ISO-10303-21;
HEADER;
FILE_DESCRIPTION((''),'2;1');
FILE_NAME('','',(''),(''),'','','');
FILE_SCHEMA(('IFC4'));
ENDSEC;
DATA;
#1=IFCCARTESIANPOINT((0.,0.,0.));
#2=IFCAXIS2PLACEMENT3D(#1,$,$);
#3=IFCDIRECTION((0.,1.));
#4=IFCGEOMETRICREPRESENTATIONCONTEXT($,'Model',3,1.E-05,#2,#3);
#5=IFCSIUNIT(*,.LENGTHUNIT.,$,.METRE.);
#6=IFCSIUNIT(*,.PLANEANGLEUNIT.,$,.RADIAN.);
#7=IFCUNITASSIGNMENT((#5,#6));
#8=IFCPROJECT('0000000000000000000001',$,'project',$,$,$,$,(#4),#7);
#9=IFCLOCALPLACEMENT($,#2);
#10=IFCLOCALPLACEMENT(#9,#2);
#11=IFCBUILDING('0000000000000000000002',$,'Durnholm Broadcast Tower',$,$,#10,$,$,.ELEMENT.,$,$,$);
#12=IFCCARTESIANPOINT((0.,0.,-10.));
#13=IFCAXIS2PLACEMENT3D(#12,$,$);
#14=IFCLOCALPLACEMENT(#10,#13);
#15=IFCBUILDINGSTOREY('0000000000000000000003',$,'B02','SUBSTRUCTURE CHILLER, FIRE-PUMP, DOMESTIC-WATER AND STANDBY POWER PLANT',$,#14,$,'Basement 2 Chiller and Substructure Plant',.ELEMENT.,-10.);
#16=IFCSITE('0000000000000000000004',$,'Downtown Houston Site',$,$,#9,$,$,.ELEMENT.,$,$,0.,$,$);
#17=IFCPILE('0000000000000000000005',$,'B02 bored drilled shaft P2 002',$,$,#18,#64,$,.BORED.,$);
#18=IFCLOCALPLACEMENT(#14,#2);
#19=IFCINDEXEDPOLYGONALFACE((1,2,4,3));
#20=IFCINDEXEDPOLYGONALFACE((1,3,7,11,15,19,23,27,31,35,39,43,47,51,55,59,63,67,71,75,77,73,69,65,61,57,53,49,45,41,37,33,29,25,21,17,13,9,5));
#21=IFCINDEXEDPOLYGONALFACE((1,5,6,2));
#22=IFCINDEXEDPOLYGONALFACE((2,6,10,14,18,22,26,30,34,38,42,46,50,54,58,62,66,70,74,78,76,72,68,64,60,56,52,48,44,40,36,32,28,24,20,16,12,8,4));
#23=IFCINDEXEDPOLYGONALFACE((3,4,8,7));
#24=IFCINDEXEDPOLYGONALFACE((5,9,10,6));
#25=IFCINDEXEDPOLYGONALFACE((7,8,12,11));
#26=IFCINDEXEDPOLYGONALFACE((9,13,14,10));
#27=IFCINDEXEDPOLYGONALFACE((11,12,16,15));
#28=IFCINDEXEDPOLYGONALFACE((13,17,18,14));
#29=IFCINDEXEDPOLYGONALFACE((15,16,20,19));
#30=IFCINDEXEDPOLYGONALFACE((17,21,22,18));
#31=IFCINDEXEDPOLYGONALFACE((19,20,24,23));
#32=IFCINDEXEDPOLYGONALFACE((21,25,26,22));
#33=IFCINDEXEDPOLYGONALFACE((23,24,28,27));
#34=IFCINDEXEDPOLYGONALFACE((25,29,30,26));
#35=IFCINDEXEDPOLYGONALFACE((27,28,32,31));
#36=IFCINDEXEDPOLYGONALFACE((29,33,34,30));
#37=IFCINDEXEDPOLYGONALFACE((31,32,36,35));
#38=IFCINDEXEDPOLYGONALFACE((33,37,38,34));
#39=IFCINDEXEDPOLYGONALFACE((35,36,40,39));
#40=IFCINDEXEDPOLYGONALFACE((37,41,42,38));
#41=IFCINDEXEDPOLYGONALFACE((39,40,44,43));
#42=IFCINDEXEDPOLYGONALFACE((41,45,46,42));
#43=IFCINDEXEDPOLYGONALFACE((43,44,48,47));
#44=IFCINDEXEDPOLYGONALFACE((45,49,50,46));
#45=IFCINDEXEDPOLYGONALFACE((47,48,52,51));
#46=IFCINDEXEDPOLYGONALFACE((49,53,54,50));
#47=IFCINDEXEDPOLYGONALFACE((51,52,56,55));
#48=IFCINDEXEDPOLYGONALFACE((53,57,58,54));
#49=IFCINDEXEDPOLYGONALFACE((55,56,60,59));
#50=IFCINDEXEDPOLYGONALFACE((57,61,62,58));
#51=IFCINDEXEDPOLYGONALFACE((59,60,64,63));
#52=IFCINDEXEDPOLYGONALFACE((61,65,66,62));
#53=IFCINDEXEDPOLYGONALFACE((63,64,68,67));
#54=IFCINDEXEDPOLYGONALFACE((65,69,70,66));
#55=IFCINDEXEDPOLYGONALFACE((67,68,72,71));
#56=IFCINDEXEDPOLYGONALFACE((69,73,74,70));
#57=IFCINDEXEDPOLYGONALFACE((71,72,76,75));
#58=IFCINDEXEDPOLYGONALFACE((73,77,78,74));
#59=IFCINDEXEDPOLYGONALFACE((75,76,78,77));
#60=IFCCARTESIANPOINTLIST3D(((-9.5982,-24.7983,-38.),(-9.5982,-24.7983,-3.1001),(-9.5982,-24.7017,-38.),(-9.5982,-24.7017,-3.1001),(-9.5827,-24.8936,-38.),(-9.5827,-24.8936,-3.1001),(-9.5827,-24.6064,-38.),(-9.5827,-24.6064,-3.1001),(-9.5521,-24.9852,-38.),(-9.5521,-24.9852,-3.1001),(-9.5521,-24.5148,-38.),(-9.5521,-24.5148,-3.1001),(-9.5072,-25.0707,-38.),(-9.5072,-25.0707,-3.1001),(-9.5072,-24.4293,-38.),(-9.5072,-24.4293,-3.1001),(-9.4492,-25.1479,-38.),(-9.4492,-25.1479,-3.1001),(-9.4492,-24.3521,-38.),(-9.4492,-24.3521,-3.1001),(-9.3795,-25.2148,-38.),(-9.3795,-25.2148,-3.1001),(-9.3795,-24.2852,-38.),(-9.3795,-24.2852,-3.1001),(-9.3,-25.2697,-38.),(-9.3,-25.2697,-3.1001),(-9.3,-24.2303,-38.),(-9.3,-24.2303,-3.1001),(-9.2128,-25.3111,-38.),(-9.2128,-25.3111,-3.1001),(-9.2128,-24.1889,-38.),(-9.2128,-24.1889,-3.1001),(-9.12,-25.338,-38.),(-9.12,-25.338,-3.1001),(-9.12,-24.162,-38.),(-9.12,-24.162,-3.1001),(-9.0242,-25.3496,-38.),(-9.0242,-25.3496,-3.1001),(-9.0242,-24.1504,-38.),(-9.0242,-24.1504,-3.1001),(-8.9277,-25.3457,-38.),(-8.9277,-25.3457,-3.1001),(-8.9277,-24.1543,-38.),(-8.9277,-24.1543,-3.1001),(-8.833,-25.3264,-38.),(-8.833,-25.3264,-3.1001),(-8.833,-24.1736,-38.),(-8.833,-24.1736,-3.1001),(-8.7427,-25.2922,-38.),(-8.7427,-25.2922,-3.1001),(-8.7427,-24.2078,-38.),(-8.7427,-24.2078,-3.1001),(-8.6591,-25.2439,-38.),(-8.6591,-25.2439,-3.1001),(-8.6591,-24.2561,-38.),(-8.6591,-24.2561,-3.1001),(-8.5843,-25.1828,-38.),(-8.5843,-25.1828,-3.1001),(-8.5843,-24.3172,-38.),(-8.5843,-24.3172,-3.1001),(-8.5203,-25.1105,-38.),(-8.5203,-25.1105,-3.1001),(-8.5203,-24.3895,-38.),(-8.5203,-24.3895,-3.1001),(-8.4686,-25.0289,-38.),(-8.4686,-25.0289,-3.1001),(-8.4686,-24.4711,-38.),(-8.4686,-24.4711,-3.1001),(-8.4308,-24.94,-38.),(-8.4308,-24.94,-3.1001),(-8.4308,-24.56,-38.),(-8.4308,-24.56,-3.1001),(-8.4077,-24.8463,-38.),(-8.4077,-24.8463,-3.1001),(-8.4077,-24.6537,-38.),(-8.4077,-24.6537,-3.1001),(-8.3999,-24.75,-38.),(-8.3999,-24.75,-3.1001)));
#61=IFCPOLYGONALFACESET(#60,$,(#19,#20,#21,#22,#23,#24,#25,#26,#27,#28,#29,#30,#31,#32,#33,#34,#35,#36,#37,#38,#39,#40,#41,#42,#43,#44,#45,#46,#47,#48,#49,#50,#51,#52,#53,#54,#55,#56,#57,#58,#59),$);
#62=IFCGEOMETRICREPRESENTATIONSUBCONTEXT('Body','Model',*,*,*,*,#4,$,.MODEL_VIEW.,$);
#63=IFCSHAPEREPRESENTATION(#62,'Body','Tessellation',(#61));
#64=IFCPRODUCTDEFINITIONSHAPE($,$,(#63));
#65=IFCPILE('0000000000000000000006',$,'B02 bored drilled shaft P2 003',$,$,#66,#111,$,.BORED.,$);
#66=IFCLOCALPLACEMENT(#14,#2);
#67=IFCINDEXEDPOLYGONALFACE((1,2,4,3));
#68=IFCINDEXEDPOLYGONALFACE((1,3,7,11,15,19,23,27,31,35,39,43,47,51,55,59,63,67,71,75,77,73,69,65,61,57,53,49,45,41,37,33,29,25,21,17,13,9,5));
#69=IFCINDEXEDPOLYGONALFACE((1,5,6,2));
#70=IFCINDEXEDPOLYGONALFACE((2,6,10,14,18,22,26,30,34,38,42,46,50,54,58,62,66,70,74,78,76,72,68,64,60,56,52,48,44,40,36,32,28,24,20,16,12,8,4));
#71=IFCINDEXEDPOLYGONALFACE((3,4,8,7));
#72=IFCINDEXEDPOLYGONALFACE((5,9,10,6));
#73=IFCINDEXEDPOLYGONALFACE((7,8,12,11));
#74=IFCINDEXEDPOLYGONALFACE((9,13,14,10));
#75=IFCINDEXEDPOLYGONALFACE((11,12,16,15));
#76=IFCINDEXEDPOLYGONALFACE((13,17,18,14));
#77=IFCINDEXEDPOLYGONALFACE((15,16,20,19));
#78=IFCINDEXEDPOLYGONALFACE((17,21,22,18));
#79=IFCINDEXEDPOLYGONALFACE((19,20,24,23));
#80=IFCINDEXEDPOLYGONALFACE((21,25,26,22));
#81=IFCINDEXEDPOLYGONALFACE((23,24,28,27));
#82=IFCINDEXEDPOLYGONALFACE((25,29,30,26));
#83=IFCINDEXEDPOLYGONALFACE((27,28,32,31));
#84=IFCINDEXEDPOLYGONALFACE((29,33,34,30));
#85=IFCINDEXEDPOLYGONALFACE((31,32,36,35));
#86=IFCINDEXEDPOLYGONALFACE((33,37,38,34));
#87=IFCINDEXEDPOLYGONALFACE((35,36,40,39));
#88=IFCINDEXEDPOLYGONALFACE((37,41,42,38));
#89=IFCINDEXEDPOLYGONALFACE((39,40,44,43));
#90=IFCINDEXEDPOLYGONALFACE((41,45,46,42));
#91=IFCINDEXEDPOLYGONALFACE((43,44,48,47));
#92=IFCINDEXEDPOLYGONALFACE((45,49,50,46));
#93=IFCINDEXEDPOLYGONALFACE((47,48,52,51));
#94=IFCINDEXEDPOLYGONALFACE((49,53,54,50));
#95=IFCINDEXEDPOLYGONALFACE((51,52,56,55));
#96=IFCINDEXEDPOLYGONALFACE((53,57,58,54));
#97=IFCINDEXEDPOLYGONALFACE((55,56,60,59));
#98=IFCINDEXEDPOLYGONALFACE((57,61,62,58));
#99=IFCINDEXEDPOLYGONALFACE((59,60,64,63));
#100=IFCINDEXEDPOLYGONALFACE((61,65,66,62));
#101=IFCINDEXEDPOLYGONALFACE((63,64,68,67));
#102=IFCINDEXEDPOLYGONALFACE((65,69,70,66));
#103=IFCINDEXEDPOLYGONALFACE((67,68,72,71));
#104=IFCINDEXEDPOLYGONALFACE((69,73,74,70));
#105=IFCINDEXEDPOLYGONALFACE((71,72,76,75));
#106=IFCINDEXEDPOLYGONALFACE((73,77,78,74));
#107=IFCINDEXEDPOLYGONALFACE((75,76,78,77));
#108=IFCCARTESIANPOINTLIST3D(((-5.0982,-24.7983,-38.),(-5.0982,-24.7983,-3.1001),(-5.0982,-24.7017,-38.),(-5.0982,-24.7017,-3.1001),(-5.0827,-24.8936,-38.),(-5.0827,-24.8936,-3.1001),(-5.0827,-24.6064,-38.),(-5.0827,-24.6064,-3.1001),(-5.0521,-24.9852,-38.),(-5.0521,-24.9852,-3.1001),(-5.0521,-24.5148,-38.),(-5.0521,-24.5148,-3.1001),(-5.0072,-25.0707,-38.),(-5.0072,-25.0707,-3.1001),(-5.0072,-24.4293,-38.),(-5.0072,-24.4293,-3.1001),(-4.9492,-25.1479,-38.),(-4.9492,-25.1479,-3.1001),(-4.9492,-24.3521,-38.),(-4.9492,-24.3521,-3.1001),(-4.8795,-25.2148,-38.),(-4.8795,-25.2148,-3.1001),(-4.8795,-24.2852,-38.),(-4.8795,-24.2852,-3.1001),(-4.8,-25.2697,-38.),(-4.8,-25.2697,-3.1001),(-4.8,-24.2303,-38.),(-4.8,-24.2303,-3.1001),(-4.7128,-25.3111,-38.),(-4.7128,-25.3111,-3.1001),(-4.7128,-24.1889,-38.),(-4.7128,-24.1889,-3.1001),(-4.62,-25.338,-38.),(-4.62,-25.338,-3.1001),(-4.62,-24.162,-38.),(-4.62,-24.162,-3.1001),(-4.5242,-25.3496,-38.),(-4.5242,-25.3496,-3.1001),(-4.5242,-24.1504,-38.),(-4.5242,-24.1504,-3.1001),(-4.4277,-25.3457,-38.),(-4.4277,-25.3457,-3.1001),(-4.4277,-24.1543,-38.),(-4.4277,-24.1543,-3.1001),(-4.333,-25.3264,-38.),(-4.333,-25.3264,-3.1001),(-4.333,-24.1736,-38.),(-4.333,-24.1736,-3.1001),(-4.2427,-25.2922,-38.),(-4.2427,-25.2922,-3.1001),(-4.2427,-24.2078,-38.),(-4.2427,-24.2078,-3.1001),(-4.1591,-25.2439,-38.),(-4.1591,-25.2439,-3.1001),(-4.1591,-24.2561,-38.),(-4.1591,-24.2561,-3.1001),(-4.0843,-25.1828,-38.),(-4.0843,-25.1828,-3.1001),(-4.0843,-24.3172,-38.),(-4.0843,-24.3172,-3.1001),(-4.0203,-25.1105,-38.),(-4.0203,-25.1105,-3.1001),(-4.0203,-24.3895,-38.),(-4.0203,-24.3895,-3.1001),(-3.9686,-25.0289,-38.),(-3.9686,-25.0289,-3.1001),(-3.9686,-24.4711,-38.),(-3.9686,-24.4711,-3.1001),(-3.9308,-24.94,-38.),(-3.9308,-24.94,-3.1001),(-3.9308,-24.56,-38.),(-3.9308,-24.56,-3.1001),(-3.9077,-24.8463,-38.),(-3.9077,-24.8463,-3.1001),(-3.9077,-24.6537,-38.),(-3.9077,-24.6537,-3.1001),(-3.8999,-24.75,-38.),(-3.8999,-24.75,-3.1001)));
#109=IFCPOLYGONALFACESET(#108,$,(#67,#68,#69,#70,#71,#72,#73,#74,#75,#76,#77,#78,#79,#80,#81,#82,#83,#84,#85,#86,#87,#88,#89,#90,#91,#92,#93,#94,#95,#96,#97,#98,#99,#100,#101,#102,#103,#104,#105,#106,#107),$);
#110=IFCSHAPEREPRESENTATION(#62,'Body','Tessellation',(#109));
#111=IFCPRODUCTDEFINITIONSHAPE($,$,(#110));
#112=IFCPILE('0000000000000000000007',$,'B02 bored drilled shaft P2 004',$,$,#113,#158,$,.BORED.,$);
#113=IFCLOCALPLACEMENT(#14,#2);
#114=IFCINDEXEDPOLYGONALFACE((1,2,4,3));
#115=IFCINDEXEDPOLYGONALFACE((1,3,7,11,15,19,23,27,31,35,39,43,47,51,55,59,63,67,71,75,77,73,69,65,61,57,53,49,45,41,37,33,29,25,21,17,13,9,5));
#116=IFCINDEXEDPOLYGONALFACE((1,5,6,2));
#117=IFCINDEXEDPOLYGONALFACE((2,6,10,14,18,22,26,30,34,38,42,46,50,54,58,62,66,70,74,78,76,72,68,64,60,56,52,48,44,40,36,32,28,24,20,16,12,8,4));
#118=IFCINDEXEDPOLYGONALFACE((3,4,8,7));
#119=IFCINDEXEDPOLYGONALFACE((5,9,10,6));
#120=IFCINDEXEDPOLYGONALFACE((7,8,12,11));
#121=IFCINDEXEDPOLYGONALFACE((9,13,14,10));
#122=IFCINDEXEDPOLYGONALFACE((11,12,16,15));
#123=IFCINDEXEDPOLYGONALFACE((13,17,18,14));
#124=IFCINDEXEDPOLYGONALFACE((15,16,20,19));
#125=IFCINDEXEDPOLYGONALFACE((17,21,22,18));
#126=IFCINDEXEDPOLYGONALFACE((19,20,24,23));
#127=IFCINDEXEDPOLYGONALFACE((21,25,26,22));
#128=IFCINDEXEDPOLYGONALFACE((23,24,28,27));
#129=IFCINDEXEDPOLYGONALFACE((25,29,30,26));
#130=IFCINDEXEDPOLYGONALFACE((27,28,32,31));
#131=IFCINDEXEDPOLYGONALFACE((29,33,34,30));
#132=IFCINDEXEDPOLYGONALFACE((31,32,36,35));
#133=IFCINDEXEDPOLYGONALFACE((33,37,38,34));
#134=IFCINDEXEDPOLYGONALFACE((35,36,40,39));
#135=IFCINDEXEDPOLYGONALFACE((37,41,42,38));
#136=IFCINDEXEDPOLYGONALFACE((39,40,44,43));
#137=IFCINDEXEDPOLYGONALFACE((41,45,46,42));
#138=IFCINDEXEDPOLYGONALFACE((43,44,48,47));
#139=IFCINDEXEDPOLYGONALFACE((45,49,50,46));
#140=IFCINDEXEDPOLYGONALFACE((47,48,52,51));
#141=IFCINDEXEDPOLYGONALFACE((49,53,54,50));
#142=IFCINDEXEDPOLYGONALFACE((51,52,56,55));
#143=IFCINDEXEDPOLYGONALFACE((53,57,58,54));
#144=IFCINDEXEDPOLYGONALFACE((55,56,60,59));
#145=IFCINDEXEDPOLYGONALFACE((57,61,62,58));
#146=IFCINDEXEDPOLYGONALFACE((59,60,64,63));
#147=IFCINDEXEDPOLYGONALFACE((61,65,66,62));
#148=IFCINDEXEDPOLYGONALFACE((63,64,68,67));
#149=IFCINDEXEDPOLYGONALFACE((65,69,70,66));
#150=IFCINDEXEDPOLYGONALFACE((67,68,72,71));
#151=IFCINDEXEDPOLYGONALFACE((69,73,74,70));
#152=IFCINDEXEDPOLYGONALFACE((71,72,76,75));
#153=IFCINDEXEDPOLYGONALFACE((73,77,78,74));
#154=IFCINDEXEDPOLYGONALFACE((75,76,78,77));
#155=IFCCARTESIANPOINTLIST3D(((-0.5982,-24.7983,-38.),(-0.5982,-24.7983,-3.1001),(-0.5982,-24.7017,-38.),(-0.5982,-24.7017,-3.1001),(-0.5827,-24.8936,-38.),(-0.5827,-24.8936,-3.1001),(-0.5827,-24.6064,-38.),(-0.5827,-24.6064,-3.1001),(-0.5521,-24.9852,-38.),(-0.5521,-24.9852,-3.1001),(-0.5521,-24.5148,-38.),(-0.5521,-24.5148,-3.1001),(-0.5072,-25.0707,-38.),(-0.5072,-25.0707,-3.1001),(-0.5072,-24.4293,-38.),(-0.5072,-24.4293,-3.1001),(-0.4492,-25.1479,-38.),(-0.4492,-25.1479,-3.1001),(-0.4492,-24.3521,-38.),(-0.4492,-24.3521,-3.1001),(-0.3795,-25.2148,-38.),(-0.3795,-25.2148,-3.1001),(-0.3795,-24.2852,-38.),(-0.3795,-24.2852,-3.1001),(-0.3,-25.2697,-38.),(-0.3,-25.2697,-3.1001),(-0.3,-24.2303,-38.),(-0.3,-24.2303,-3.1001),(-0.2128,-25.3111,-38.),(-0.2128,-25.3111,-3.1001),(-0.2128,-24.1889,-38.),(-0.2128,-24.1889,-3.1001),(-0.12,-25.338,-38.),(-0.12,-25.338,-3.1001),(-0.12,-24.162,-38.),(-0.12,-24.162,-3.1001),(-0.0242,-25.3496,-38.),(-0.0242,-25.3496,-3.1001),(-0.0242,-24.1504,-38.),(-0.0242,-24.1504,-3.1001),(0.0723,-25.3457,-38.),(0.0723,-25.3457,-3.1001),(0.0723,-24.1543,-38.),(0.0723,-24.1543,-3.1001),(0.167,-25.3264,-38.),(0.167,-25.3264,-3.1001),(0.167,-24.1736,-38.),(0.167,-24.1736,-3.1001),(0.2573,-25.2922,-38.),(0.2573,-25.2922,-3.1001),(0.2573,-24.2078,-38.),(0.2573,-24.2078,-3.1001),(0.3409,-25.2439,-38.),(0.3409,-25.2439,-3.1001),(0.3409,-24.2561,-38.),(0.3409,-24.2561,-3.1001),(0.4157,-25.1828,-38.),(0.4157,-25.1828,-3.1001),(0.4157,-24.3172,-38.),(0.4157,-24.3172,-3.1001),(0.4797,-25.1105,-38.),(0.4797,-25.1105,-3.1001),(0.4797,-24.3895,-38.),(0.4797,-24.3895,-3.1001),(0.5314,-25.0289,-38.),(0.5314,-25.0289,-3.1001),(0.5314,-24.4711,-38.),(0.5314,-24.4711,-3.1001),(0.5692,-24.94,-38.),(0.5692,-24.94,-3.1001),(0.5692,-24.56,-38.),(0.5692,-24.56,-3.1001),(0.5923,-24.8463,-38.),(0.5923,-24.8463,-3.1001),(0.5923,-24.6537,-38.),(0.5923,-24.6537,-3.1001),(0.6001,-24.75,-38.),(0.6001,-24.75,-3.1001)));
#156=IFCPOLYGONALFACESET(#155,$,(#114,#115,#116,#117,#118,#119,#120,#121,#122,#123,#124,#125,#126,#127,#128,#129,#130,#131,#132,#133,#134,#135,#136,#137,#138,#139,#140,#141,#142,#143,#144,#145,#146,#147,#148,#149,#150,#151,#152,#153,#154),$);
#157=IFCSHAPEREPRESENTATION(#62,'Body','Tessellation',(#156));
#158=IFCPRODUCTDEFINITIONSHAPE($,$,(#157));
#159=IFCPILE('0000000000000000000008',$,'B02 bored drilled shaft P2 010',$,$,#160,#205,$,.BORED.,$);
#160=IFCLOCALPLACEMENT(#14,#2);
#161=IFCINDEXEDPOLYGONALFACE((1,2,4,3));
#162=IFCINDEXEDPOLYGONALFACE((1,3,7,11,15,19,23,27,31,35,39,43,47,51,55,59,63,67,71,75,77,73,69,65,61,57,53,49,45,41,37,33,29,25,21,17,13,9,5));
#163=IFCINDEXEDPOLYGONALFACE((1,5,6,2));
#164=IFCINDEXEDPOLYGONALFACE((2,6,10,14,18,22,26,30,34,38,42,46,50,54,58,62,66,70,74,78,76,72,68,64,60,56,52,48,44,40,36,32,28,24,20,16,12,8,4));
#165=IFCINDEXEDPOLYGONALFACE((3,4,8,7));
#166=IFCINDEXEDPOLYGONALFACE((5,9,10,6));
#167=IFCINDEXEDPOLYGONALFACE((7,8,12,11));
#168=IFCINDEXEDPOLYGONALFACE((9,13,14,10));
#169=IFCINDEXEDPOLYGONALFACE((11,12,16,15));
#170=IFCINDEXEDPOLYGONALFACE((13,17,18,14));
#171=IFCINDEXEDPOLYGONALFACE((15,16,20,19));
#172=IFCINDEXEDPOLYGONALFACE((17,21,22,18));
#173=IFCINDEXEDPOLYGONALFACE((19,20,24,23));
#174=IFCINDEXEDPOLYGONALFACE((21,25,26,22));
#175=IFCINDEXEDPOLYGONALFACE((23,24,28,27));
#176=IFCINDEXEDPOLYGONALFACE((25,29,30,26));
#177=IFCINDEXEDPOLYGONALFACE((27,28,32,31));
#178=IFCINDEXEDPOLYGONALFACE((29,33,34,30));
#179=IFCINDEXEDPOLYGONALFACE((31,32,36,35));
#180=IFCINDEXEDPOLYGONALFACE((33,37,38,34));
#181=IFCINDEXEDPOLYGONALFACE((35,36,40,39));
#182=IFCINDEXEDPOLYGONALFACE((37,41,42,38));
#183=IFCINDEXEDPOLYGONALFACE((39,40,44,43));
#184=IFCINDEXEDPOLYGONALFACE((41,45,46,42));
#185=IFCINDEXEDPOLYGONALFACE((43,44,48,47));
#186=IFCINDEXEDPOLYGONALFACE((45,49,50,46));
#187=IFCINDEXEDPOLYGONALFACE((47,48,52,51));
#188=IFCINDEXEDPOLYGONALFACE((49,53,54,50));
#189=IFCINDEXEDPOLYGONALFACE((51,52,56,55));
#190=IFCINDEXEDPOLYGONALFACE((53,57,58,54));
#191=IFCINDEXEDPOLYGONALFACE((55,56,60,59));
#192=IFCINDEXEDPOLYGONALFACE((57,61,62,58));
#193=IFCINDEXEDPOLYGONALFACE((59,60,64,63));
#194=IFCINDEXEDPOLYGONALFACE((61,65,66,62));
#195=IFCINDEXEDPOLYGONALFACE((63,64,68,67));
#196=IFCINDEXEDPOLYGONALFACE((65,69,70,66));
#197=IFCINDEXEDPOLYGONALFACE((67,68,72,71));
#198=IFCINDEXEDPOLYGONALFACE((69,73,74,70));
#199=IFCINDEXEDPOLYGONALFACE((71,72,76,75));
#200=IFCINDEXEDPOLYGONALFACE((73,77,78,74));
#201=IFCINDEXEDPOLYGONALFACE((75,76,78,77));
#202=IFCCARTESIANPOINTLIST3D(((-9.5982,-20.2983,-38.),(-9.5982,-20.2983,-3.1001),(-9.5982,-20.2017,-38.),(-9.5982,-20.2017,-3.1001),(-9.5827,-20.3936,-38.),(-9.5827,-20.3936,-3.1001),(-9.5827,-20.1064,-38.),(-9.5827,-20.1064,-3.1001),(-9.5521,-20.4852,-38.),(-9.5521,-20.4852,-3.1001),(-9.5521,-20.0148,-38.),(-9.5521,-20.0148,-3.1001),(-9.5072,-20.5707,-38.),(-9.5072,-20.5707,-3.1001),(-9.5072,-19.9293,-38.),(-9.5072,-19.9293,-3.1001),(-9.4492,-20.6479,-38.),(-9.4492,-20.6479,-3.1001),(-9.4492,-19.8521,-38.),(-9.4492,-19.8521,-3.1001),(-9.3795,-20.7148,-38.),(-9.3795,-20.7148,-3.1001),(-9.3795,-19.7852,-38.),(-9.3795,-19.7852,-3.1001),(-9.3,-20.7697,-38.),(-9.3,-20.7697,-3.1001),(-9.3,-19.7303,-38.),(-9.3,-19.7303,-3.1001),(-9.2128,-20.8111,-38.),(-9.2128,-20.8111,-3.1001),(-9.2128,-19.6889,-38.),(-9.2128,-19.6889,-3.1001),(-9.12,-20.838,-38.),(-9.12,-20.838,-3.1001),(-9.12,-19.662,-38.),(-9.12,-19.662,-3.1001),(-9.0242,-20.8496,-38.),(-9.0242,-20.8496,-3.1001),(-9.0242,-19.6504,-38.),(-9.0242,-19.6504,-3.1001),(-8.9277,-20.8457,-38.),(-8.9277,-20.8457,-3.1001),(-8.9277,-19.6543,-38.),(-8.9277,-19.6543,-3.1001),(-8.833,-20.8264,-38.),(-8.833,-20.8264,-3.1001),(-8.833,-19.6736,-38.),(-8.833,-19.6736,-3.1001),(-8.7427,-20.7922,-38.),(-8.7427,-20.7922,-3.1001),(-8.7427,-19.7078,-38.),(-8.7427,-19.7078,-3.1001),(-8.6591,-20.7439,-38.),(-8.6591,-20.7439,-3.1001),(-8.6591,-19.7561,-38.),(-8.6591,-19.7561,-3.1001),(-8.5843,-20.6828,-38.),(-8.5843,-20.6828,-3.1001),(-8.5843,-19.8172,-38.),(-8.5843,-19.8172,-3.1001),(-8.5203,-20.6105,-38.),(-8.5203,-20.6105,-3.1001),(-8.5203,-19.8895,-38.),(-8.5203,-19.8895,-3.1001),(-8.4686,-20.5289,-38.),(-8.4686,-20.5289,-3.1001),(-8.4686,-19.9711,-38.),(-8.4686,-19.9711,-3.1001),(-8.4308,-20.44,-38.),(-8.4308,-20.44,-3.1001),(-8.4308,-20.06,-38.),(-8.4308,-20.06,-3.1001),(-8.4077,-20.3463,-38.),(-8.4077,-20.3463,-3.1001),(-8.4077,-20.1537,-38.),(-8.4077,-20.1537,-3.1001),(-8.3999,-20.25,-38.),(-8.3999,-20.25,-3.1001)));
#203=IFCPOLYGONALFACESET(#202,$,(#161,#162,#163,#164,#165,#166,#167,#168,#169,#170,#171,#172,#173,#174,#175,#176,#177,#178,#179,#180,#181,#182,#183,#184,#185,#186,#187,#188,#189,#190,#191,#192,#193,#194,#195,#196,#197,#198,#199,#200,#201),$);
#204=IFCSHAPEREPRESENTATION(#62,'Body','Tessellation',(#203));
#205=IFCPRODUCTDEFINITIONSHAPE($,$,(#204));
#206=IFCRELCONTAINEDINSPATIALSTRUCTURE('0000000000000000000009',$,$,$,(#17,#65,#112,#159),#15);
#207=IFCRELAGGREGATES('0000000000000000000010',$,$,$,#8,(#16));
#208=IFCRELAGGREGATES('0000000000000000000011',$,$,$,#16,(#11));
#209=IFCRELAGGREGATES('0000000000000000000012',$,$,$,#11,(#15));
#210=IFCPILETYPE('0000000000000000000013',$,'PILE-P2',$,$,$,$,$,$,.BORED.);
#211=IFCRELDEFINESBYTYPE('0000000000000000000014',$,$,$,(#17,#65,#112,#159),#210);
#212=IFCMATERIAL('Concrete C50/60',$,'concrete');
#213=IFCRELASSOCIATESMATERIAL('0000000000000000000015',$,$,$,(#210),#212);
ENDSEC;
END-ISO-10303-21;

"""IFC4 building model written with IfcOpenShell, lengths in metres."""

from ifc_helpers import new_model, si_unit, direction, frame, origin, origin_2d, place, context, subcontext, project, spatial, circle, extrude, source, transform, mapped, material, material_profile, profile_set, type_object, type_shapes, element, save


model = new_model("IFC4")

# Units and contexts
model_context = context("Model", 3, precision=1e-05, world=origin(), true_north=direction((0.0, 1.0)))
body_context = subcontext(model_context, "Body", "Model", "MODEL_VIEW")
ifc_project = project(units=[si_unit("LENGTHUNIT", "METRE"), si_unit("PLANEANGLEUNIT", "RADIAN")], contexts=[model_context])

# Site, building, storey
site_placement = place(None, origin())
site = spatial("IfcSite", under=ifc_project, at=site_placement, Name="Downtown Houston Site", CompositionType="ELEMENT", RefElevation=0.0)
building_placement = place(site_placement, origin())
building = spatial("IfcBuilding", under=site, at=building_placement, Name="Durnholm Broadcast Tower", CompositionType="ELEMENT")
storey_placement = place(building_placement, frame((0.0, 0.0, -10.0)))
storey = spatial("IfcBuildingStorey", under=building, at=storey_placement, Name="B02", Description="SUBSTRUCTURE CHILLER, FIRE-PUMP, DOMESTIC-WATER AND STANDBY POWER PLANT", LongName="Basement 2 Chiller and Substructure Plant", CompositionType="ELEMENT", Elevation=-10.0)

# Piles
ifc_material_1 = material(Name="Concrete C50/60", Category="concrete")
ifc_material_profile_1 = material_profile(ifc_material_1, circle(Radius=0.6001, at=origin_2d()), Name="PILE1200")
ifc_profile_set_1 = profile_set([ifc_material_profile_1], Name="Concrete C50/60")
pile_type_1 = type_object("IfcPileType", Name="PILE-P2", PredefinedType="BORED", material=ifc_profile_set_1)
shared_shape_1 = source(origin(), body_context, "Body", "SweptSolid", [
    extrude(circle(Radius=0.6001, at=origin_2d()), origin(), (0.0, 0.0, 1.0), 34.8999),
])
type_shapes(pile_type_1, [shared_shape_1])
for number, where, z_axis, x_axis, name in (
    (1, (-9.0, -24.75, -3.1001), (0.0, 0.0, -1.0), (1.0, 0.0, 0.0), "B02 bored drilled shaft P2 002"),
    (2, (-4.5, -24.75, -3.1001), (0.0, 0.0, -1.0), (1.0, 0.0, 0.0), "B02 bored drilled shaft P2 003"),
    (3, (0.0, -24.75, -3.1001), (0.0, 0.0, -1.0), (1.0, 0.0, 0.0), "B02 bored drilled shaft P2 004"),
    (4, (-9.0, -20.25, -3.1001), (0.0, 0.0, -1.0), (1.0, 0.0, 0.0), "B02 bored drilled shaft P2 010"),
):
    element("IfcPile", number, at=place(storey_placement, frame(where, z_axis=z_axis, x_axis=x_axis)), inside=storey, type_object=pile_type_1, Name=name, PredefinedType="BORED", context=body_context, shape_type="MappedRepresentation", body=[
        mapped(shared_shape_1, transform((0.0, 0.0, 0.0), x_axis=(1.0, 0.0, 0.0), y_axis=(0.0, 1.0, 0.0), z_axis=(0.0, 0.0, 1.0), scale=1.0)),
    ])

save(model, "model.ifc")
